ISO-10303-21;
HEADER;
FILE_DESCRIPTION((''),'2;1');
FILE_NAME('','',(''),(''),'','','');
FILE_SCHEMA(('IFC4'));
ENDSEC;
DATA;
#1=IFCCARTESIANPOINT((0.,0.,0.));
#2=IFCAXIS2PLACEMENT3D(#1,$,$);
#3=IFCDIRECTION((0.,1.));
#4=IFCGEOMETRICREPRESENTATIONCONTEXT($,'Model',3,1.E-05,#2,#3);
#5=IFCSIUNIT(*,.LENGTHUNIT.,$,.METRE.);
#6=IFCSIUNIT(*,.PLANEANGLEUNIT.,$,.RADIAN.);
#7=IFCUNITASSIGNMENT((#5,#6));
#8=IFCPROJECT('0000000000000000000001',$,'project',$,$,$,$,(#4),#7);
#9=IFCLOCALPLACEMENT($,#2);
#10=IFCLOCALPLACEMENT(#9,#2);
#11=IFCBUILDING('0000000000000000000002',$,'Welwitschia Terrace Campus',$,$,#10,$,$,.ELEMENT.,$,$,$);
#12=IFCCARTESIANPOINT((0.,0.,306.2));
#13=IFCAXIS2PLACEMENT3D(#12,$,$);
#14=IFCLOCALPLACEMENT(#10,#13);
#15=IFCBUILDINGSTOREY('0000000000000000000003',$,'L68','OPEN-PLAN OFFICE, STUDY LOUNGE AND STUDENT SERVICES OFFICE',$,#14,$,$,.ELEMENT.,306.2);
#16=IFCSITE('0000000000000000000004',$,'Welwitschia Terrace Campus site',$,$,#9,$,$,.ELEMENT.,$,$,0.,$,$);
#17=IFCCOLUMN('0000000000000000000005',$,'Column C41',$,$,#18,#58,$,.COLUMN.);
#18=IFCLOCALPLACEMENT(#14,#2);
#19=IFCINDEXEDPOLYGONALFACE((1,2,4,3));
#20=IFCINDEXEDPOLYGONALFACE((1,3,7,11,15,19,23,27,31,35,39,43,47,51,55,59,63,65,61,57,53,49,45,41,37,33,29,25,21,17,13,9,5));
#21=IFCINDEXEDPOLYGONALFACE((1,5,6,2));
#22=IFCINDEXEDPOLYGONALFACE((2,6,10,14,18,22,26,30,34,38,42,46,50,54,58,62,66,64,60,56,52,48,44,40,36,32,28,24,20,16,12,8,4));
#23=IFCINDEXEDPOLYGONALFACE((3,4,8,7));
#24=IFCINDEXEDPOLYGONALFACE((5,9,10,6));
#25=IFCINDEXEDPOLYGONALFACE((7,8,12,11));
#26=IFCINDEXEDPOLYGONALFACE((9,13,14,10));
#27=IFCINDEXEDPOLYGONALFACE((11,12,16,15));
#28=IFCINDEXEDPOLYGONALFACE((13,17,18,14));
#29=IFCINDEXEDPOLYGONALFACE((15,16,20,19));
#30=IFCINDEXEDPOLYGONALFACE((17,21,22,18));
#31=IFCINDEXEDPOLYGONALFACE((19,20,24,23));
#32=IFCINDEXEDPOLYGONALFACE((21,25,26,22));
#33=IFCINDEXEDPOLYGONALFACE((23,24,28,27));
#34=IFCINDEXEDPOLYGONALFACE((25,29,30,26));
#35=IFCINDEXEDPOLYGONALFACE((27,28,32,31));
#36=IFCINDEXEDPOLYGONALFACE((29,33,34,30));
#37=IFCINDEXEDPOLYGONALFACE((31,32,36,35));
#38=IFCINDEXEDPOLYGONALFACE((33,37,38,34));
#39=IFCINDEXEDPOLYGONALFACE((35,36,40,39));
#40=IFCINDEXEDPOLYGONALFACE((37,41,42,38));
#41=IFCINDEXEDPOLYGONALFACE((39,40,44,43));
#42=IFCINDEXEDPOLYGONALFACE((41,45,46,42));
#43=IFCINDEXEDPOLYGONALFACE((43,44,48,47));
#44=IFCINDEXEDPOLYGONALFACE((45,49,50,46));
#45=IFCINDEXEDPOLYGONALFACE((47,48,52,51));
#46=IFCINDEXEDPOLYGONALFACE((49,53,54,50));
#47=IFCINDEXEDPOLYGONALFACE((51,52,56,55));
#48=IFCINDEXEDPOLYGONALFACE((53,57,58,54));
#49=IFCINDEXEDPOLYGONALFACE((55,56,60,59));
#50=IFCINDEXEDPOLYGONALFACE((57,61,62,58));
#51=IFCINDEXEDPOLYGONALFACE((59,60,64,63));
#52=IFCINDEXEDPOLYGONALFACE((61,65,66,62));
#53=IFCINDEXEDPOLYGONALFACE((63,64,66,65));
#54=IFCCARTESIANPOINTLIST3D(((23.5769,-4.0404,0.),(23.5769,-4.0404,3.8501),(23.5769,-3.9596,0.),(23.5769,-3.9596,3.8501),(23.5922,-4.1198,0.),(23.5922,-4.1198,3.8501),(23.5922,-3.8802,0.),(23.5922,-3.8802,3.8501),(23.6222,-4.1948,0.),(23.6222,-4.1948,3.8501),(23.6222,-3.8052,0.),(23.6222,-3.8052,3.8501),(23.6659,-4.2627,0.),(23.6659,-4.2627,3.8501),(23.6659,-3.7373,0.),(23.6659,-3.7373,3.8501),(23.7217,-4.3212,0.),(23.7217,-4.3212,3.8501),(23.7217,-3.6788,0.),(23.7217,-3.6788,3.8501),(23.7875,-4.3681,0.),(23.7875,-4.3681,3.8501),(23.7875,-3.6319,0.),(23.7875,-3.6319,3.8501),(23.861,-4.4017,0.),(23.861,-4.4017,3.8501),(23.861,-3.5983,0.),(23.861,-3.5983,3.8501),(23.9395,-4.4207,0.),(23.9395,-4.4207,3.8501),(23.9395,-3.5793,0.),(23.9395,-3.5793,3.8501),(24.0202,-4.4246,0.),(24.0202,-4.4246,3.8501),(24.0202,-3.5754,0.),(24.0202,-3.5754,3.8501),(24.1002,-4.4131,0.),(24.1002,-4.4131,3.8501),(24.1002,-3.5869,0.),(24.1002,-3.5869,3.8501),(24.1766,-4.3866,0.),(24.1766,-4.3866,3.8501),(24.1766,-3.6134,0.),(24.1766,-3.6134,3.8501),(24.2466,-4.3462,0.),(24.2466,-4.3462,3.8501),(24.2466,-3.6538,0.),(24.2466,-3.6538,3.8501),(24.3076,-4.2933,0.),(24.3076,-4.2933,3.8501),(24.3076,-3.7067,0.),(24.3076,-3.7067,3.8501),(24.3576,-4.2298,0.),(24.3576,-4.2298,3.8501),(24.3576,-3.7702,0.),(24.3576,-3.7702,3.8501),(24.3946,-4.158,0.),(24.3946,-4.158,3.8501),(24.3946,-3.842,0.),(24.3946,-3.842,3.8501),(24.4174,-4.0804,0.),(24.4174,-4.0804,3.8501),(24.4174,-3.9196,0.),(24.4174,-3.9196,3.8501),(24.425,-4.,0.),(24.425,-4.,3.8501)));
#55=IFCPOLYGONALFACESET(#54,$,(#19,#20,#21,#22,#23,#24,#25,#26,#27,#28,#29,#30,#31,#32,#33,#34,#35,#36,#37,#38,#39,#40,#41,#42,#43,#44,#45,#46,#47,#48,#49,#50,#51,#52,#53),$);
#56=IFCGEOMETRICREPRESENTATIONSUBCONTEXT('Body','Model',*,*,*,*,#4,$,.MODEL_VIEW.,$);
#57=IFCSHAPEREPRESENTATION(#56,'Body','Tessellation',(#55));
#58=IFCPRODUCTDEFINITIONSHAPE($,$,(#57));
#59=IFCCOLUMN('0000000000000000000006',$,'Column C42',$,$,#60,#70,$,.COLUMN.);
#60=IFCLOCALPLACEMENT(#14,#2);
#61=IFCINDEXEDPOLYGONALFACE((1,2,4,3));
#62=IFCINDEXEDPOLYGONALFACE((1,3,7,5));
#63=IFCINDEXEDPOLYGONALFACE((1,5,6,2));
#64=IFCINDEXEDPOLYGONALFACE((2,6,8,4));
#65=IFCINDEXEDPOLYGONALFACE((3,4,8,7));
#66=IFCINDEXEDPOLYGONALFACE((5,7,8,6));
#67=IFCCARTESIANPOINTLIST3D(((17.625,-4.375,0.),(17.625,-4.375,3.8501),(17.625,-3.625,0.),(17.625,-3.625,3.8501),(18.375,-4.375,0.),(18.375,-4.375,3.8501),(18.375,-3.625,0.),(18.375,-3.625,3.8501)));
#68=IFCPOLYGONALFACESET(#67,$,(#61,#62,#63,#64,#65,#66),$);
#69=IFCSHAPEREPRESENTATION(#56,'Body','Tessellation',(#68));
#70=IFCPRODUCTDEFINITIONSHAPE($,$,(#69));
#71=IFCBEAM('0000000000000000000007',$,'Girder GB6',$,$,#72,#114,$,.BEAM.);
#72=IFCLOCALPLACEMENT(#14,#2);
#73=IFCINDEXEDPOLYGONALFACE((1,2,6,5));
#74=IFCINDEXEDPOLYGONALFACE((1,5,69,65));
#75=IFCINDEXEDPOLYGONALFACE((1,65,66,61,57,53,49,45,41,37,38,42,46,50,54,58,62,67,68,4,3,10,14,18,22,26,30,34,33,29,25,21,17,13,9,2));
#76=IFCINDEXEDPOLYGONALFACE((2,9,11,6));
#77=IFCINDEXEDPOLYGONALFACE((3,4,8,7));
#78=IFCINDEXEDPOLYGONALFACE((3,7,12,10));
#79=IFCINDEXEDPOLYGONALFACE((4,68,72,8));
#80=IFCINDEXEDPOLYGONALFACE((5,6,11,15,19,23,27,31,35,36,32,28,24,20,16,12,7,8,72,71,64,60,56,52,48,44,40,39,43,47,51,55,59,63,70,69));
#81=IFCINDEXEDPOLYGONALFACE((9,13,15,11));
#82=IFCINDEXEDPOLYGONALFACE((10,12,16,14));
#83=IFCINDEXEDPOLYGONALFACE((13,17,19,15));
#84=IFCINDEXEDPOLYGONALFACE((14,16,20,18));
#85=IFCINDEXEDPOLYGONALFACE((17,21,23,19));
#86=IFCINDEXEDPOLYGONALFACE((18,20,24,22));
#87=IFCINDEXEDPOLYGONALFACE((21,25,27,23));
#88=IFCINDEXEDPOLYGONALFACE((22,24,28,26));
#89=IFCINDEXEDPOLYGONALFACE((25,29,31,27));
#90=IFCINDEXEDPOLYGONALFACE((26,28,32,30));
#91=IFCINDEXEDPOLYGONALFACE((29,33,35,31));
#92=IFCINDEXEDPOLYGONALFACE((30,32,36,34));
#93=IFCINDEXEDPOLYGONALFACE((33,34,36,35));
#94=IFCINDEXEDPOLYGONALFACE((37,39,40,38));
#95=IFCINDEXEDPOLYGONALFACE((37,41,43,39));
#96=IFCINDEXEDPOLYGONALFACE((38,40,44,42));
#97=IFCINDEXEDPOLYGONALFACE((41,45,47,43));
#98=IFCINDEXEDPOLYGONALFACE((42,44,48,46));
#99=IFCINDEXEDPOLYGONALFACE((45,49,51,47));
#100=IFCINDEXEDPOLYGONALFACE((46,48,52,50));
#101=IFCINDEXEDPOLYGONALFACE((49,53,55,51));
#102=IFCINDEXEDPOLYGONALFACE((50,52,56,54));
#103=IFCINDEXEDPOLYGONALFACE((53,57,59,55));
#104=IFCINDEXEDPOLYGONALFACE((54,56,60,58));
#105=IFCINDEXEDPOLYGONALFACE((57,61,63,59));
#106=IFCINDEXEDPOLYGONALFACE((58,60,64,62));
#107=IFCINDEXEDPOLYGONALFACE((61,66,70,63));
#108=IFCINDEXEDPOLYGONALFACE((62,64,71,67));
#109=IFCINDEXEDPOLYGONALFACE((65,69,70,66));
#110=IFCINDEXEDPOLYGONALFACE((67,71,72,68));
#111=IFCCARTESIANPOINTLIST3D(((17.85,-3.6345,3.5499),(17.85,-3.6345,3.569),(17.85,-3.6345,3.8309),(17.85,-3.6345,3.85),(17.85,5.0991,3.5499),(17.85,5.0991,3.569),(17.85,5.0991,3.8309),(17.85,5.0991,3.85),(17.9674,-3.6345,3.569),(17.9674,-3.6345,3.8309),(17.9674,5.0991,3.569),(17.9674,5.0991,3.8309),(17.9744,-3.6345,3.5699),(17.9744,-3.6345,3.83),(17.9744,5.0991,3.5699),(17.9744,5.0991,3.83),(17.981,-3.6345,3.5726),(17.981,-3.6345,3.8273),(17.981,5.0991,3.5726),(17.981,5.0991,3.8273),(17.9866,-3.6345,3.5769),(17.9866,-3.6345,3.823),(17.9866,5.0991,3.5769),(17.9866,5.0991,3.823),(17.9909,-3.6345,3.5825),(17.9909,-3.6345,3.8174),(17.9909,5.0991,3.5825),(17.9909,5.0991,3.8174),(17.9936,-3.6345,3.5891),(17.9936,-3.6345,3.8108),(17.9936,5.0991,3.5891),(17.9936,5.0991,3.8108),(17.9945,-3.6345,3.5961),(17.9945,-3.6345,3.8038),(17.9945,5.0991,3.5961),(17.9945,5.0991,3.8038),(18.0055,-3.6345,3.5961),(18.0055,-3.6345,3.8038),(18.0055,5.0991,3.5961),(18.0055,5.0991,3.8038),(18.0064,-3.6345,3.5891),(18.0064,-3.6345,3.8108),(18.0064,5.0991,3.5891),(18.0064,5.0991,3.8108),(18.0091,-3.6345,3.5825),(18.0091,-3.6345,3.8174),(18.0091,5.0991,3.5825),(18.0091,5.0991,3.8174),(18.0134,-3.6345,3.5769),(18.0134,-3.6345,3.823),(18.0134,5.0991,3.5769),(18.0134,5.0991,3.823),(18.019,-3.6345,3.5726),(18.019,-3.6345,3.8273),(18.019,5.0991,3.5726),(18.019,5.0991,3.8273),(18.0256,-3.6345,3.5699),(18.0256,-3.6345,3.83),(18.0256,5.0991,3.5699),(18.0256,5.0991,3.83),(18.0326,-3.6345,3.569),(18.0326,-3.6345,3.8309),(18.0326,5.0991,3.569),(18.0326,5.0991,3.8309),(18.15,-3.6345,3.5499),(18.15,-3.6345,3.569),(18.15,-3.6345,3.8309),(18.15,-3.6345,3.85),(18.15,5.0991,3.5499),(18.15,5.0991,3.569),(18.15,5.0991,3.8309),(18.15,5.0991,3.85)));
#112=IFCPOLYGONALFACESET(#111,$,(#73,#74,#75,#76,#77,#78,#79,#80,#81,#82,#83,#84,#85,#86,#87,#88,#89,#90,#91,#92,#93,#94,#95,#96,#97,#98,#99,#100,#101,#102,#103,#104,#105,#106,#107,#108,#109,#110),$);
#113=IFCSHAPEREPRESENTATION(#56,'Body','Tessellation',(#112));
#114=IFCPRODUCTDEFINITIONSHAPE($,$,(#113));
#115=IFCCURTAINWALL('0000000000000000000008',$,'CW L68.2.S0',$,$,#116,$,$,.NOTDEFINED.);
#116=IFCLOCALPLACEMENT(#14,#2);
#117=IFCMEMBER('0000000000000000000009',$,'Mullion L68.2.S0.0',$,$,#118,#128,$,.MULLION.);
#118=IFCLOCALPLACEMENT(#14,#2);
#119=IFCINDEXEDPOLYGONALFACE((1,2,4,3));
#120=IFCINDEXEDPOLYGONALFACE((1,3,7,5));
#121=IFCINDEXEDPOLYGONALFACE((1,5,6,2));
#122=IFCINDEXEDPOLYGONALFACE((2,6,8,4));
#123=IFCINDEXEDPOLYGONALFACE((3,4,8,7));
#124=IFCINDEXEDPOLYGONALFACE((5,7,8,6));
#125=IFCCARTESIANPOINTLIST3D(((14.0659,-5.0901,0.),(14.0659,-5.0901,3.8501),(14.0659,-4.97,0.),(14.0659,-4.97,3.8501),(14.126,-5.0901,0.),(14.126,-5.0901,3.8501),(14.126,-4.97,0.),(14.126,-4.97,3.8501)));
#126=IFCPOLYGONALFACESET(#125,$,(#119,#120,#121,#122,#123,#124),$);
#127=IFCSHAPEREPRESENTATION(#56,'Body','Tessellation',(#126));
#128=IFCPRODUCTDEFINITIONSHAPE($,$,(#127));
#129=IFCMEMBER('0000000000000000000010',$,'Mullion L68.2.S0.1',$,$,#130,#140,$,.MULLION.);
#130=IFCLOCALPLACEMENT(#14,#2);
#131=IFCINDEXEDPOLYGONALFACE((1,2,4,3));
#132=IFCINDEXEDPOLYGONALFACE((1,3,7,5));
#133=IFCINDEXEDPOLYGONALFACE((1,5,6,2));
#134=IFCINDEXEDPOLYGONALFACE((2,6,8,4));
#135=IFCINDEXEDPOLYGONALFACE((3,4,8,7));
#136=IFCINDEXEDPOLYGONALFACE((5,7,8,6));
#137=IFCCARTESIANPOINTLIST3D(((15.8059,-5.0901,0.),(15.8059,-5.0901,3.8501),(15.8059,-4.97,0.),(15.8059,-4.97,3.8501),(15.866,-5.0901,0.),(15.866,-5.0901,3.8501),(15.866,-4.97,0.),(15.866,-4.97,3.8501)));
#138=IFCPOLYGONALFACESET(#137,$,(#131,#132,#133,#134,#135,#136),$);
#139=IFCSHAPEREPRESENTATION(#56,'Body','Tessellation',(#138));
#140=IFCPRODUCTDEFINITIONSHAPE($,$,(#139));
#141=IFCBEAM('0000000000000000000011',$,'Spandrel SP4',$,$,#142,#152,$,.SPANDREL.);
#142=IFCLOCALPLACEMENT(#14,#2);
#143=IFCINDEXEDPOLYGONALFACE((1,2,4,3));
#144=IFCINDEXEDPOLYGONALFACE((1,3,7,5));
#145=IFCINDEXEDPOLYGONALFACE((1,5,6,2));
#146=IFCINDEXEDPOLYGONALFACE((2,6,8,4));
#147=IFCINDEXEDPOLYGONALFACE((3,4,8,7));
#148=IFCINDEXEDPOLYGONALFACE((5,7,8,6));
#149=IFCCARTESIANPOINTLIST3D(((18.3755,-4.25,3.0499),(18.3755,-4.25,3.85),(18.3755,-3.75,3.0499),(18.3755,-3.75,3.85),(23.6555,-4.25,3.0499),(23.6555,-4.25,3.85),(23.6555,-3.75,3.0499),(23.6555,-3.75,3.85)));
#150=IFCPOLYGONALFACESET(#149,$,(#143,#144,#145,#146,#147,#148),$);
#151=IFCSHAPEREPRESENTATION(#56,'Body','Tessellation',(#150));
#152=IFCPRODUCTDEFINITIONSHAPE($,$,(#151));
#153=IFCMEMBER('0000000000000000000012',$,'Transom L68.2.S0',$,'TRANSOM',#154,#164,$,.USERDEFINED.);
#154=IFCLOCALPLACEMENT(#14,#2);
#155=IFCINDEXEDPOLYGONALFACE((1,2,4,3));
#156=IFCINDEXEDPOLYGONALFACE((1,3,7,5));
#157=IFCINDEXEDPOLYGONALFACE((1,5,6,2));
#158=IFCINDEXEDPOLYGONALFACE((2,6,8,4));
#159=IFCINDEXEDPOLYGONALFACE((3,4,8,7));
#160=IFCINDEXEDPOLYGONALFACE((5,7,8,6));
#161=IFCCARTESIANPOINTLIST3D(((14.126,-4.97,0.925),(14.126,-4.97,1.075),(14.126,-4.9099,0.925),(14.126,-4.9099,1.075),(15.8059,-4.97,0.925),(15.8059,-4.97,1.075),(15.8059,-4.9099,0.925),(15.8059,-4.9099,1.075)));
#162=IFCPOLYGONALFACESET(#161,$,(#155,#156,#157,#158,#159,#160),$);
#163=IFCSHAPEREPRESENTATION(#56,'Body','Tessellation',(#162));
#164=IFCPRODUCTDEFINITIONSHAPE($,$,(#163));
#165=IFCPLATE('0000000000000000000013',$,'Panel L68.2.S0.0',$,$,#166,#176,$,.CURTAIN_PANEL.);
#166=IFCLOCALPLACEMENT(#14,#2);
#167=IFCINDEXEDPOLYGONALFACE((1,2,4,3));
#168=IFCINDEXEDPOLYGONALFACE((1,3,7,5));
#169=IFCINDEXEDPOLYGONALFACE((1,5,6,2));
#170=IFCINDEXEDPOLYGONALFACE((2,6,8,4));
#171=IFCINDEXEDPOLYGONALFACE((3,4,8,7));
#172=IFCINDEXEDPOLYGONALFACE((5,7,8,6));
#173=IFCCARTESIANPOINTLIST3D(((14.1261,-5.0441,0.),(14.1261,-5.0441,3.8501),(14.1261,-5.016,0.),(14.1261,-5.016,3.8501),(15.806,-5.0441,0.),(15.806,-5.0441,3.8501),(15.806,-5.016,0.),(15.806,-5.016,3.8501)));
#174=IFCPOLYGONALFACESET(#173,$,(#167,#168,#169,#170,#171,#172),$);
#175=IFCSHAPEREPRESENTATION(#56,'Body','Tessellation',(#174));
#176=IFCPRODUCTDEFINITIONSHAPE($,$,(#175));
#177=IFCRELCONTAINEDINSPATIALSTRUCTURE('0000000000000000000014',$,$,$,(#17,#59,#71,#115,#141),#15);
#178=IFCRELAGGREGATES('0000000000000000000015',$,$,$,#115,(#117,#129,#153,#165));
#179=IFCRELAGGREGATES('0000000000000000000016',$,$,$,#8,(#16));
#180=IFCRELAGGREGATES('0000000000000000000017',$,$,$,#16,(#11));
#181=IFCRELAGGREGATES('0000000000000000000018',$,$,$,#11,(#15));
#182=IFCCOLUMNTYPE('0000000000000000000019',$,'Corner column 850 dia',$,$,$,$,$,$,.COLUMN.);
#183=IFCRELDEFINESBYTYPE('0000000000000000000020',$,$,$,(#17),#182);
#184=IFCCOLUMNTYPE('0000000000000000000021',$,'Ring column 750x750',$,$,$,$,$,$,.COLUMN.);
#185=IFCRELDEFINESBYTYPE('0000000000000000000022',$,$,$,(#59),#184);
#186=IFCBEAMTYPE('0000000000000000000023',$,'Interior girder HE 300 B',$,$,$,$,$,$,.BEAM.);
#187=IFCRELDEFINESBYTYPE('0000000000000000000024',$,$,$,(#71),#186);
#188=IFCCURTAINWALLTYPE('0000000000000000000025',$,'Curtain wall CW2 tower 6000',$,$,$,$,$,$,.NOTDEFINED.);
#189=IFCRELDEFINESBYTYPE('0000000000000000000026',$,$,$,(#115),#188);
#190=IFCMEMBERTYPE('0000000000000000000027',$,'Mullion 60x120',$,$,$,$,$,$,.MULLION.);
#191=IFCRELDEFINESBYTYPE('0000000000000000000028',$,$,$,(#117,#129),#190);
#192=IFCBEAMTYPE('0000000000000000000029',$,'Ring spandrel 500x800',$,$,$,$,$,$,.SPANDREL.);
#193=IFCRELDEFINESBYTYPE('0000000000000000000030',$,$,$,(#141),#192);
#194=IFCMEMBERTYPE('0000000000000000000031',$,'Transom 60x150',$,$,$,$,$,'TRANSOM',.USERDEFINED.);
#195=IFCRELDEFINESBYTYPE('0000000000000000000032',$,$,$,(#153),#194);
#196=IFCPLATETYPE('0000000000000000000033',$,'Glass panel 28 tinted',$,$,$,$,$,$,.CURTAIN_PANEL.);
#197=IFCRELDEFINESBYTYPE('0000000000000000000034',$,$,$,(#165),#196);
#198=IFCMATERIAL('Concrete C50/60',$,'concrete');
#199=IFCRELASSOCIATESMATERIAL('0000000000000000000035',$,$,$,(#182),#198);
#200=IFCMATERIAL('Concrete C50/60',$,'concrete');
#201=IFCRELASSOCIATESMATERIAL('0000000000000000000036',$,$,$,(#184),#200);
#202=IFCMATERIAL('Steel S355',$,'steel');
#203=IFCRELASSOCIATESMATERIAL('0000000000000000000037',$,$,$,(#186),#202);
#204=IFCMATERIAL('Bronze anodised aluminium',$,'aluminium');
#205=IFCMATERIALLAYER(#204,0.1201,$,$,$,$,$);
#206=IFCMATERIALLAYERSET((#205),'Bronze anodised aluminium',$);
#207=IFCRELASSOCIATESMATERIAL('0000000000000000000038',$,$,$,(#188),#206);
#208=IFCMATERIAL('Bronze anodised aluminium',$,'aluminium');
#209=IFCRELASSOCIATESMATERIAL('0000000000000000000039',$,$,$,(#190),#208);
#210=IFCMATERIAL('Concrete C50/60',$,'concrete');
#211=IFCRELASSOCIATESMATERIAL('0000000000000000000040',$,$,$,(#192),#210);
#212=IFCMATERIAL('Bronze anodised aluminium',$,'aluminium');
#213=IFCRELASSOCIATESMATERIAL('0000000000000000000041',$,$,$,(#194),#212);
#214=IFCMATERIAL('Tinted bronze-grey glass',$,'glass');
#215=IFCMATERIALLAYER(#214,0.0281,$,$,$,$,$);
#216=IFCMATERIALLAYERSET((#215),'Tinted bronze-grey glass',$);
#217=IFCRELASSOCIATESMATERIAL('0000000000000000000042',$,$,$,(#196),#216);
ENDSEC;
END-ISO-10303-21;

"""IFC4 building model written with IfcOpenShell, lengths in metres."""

from ifc_helpers import new_model, si_unit, direction, frame, origin, origin_2d, place, context, subcontext, project, spatial, rectangle, circle, i_section, extrude, material, layer, layer_set, material_profile, profile_set, type_object, element, aggregate, save


model = new_model("IFC4")

# Units and contexts
model_context = context("Model", 3, precision=1e-05, world=origin(), true_north=direction((0.0, 1.0)))
body_context = subcontext(model_context, "Body", "Model", "MODEL_VIEW")
ifc_project = project(units=[si_unit("LENGTHUNIT", "METRE"), si_unit("PLANEANGLEUNIT", "RADIAN")], contexts=[model_context])

# Site, building, storey
site_placement = place(None, origin())
site = spatial("IfcSite", under=ifc_project, at=site_placement, Name="Welwitschia Terrace Campus site", CompositionType="ELEMENT", RefElevation=0.0)
building_placement = place(site_placement, origin())
building = spatial("IfcBuilding", under=site, at=building_placement, Name="Welwitschia Terrace Campus", CompositionType="ELEMENT")
storey_placement = place(building_placement, frame((0.0, 0.0, 306.2)))
storey = spatial("IfcBuildingStorey", under=building, at=storey_placement, Name="L68", Description="OPEN-PLAN OFFICE, STUDY LOUNGE AND STUDENT SERVICES OFFICE", CompositionType="ELEMENT", Elevation=306.2)

# Columns
ifc_material_1 = material(Name="Concrete C50/60", Category="concrete")
ifc_material_profile_1 = material_profile(ifc_material_1, circle(Radius=0.425, at=origin_2d()))
ifc_profile_set_1 = profile_set([ifc_material_profile_1], Name="Concrete C50/60")
column_type_1 = type_object("IfcColumnType", Name="Corner column 850 dia", PredefinedType="COLUMN", material=ifc_profile_set_1)
column_1_placement = place(storey_placement, frame((24.0, -4.0, 0.0), z_axis=(0.0, 0.0, 1.0), x_axis=(1.0, 0.0, 0.0)))
element("IfcColumn", 1, at=column_1_placement, inside=storey, type_object=column_type_1, Name="Column C41", PredefinedType="COLUMN", context=body_context, shape_type="SweptSolid", body=[
    extrude(circle(Radius=0.425, at=origin_2d()), origin(), (0.0, 0.0, 1.0), 3.8501),
])
ifc_material_2 = material(Name="Concrete C50/60", Category="concrete")
ifc_material_profile_2 = material_profile(ifc_material_2, rectangle(XDim=0.75, YDim=0.75, at=origin_2d()))
ifc_profile_set_2 = profile_set([ifc_material_profile_2], Name="Concrete C50/60")
column_type_2 = type_object("IfcColumnType", Name="Ring column 750x750", PredefinedType="COLUMN", material=ifc_profile_set_2)
column_2_placement = place(storey_placement, frame((18.0, -4.0, 0.0), z_axis=(0.0, 0.0, 1.0), x_axis=(1.0, 0.0, 0.0)))
element("IfcColumn", 2, at=column_2_placement, inside=storey, type_object=column_type_2, Name="Column C42", PredefinedType="COLUMN", context=body_context, shape_type="SweptSolid", body=[
    extrude(rectangle(XDim=0.75, YDim=0.75, at=origin_2d()), origin(), (0.0, 0.0, 1.0), 3.8501),
])

# Beam
ifc_material_3 = material(Name="Steel S355", Category="steel")
ifc_material_profile_3 = material_profile(ifc_material_3, i_section(OverallWidth=0.3, OverallDepth=0.3, WebThickness=0.011, FlangeThickness=0.019, FilletRadius=0.0271, at=origin_2d()))
ifc_profile_set_3 = profile_set([ifc_material_profile_3], Name="Steel S355")
beam_type_1 = type_object("IfcBeamType", Name="Interior girder HE 300 B", PredefinedType="BEAM", material=ifc_profile_set_3)
beam_1_placement = place(storey_placement, frame((18.0, -3.6345, 3.7), z_axis=(0.0, 1.0, 0.0), x_axis=(-1.0, 0.0, 0.0)))
element("IfcBeam", 3, at=beam_1_placement, inside=storey, type_object=beam_type_1, Name="Girder GB6", PredefinedType="BEAM", context=body_context, shape_type="SweptSolid", body=[
    extrude(i_section(OverallWidth=0.3, OverallDepth=0.3, WebThickness=0.011, FlangeThickness=0.019, FilletRadius=0.0271, at=origin_2d()), origin(), (0.0, 0.0, 1.0), 8.7336),
])

# Curtain wall, members
ifc_material_4 = material(Name="Bronze anodised aluminium", Category="aluminium")
ifc_layer_1 = layer(ifc_material_4, 0.1201)
ifc_layer_set_1 = layer_set([ifc_layer_1], Name="Bronze anodised aluminium")
curtain_wall_type = type_object("IfcCurtainWallType", Name="Curtain wall CW2 tower 6000", PredefinedType="NOTDEFINED", material=ifc_layer_set_1)
curtain_wall_placement = place(storey_placement, origin())
curtain_wall = element("IfcCurtainWall", 4, at=curtain_wall_placement, inside=storey, type_object=curtain_wall_type, Name="CW L68.2.S0", PredefinedType="NOTDEFINED")
ifc_material_5 = material(Name="Bronze anodised aluminium", Category="aluminium")
ifc_material_profile_4 = material_profile(ifc_material_5, rectangle(XDim=0.1201, YDim=0.0601, at=origin_2d()))
ifc_profile_set_4 = profile_set([ifc_material_profile_4], Name="Bronze anodised aluminium")
member_type_1 = type_object("IfcMemberType", Name="Mullion 60x120", PredefinedType="MULLION", material=ifc_profile_set_4)
member_1_placement = place(storey_placement, frame((14.0959, -5.03, 0.0), z_axis=(0.0, 0.0, 1.0), x_axis=(0.0, 1.0, 0.0)))
member_1 = element("IfcMember", 5, at=member_1_placement, type_object=member_type_1, Name="Mullion L68.2.S0.0", PredefinedType="MULLION", context=body_context, shape_type="SweptSolid", body=[
    extrude(rectangle(XDim=0.1201, YDim=0.0601, at=origin_2d()), origin(), (0.0, 0.0, 1.0), 3.8501),
])
member_2_placement = place(storey_placement, frame((15.8359, -5.03, 0.0), z_axis=(0.0, 0.0, 1.0), x_axis=(0.0, 1.0, 0.0)))
member_2 = element("IfcMember", 6, at=member_2_placement, type_object=member_type_1, Name="Mullion L68.2.S0.1", PredefinedType="MULLION", context=body_context, shape_type="SweptSolid", body=[
    extrude(rectangle(XDim=0.1201, YDim=0.0601, at=origin_2d()), origin(), (0.0, 0.0, 1.0), 3.8501),
])

# Beam
ifc_material_6 = material(Name="Concrete C50/60", Category="concrete")
ifc_material_profile_5 = material_profile(ifc_material_6, rectangle(XDim=0.5, YDim=0.8, at=origin_2d()))
ifc_profile_set_5 = profile_set([ifc_material_profile_5], Name="Concrete C50/60")
beam_type_2 = type_object("IfcBeamType", Name="Ring spandrel 500x800", PredefinedType="SPANDREL", material=ifc_profile_set_5)
beam_2_placement = place(storey_placement, frame((18.3755, -4.0, 3.45), z_axis=(1.0, 0.0, 0.0), x_axis=(0.0, 1.0, 0.0)))
element("IfcBeam", 7, at=beam_2_placement, inside=storey, type_object=beam_type_2, Name="Spandrel SP4", PredefinedType="SPANDREL", context=body_context, shape_type="SweptSolid", body=[
    extrude(rectangle(XDim=0.5, YDim=0.8, at=origin_2d()), origin(), (0.0, 0.0, 1.0), 5.28),
])

# Member
ifc_material_7 = material(Name="Bronze anodised aluminium", Category="aluminium")
ifc_material_profile_6 = material_profile(ifc_material_7, rectangle(XDim=0.0601, YDim=0.1499, at=origin_2d()))
ifc_profile_set_6 = profile_set([ifc_material_profile_6], Name="Bronze anodised aluminium")
member_type_2 = type_object("IfcMemberType", Name="Transom 60x150", ElementType="TRANSOM", PredefinedType="USERDEFINED", material=ifc_profile_set_6)
member_3_placement = place(storey_placement, frame((14.126, -4.9399, 1.0), z_axis=(1.0, 0.0, 0.0), x_axis=(0.0, 1.0, 0.0)))
member_3 = element("IfcMember", 8, at=member_3_placement, type_object=member_type_2, Name="Transom L68.2.S0", ObjectType="TRANSOM", PredefinedType="USERDEFINED", context=body_context, shape_type="SweptSolid", body=[
    extrude(rectangle(XDim=0.0601, YDim=0.1499, at=origin_2d()), origin(), (0.0, 0.0, 1.0), 1.6799),
])

# Plate
ifc_material_8 = material(Name="Tinted bronze-grey glass", Category="glass")
ifc_layer_2 = layer(ifc_material_8, 0.0281)
ifc_layer_set_2 = layer_set([ifc_layer_2], Name="Tinted bronze-grey glass")
plate_type = type_object("IfcPlateType", Name="Glass panel 28 tinted", PredefinedType="CURTAIN_PANEL", material=ifc_layer_set_2)
plate_placement = place(storey_placement, frame((14.9661, -5.03, 0.0), z_axis=(0.0, 0.0, 1.0), x_axis=(1.0, 0.0, 0.0)))
plate = element("IfcPlate", 9, at=plate_placement, type_object=plate_type, Name="Panel L68.2.S0.0", PredefinedType="CURTAIN_PANEL", context=body_context, shape_type="SweptSolid", body=[
    extrude(rectangle(XDim=1.6799, YDim=0.0281, at=origin_2d()), origin(), (0.0, 0.0, 1.0), 3.8501),
])
aggregate(curtain_wall, [member_1, member_2, member_3, plate])

save(model, "model.ifc")
